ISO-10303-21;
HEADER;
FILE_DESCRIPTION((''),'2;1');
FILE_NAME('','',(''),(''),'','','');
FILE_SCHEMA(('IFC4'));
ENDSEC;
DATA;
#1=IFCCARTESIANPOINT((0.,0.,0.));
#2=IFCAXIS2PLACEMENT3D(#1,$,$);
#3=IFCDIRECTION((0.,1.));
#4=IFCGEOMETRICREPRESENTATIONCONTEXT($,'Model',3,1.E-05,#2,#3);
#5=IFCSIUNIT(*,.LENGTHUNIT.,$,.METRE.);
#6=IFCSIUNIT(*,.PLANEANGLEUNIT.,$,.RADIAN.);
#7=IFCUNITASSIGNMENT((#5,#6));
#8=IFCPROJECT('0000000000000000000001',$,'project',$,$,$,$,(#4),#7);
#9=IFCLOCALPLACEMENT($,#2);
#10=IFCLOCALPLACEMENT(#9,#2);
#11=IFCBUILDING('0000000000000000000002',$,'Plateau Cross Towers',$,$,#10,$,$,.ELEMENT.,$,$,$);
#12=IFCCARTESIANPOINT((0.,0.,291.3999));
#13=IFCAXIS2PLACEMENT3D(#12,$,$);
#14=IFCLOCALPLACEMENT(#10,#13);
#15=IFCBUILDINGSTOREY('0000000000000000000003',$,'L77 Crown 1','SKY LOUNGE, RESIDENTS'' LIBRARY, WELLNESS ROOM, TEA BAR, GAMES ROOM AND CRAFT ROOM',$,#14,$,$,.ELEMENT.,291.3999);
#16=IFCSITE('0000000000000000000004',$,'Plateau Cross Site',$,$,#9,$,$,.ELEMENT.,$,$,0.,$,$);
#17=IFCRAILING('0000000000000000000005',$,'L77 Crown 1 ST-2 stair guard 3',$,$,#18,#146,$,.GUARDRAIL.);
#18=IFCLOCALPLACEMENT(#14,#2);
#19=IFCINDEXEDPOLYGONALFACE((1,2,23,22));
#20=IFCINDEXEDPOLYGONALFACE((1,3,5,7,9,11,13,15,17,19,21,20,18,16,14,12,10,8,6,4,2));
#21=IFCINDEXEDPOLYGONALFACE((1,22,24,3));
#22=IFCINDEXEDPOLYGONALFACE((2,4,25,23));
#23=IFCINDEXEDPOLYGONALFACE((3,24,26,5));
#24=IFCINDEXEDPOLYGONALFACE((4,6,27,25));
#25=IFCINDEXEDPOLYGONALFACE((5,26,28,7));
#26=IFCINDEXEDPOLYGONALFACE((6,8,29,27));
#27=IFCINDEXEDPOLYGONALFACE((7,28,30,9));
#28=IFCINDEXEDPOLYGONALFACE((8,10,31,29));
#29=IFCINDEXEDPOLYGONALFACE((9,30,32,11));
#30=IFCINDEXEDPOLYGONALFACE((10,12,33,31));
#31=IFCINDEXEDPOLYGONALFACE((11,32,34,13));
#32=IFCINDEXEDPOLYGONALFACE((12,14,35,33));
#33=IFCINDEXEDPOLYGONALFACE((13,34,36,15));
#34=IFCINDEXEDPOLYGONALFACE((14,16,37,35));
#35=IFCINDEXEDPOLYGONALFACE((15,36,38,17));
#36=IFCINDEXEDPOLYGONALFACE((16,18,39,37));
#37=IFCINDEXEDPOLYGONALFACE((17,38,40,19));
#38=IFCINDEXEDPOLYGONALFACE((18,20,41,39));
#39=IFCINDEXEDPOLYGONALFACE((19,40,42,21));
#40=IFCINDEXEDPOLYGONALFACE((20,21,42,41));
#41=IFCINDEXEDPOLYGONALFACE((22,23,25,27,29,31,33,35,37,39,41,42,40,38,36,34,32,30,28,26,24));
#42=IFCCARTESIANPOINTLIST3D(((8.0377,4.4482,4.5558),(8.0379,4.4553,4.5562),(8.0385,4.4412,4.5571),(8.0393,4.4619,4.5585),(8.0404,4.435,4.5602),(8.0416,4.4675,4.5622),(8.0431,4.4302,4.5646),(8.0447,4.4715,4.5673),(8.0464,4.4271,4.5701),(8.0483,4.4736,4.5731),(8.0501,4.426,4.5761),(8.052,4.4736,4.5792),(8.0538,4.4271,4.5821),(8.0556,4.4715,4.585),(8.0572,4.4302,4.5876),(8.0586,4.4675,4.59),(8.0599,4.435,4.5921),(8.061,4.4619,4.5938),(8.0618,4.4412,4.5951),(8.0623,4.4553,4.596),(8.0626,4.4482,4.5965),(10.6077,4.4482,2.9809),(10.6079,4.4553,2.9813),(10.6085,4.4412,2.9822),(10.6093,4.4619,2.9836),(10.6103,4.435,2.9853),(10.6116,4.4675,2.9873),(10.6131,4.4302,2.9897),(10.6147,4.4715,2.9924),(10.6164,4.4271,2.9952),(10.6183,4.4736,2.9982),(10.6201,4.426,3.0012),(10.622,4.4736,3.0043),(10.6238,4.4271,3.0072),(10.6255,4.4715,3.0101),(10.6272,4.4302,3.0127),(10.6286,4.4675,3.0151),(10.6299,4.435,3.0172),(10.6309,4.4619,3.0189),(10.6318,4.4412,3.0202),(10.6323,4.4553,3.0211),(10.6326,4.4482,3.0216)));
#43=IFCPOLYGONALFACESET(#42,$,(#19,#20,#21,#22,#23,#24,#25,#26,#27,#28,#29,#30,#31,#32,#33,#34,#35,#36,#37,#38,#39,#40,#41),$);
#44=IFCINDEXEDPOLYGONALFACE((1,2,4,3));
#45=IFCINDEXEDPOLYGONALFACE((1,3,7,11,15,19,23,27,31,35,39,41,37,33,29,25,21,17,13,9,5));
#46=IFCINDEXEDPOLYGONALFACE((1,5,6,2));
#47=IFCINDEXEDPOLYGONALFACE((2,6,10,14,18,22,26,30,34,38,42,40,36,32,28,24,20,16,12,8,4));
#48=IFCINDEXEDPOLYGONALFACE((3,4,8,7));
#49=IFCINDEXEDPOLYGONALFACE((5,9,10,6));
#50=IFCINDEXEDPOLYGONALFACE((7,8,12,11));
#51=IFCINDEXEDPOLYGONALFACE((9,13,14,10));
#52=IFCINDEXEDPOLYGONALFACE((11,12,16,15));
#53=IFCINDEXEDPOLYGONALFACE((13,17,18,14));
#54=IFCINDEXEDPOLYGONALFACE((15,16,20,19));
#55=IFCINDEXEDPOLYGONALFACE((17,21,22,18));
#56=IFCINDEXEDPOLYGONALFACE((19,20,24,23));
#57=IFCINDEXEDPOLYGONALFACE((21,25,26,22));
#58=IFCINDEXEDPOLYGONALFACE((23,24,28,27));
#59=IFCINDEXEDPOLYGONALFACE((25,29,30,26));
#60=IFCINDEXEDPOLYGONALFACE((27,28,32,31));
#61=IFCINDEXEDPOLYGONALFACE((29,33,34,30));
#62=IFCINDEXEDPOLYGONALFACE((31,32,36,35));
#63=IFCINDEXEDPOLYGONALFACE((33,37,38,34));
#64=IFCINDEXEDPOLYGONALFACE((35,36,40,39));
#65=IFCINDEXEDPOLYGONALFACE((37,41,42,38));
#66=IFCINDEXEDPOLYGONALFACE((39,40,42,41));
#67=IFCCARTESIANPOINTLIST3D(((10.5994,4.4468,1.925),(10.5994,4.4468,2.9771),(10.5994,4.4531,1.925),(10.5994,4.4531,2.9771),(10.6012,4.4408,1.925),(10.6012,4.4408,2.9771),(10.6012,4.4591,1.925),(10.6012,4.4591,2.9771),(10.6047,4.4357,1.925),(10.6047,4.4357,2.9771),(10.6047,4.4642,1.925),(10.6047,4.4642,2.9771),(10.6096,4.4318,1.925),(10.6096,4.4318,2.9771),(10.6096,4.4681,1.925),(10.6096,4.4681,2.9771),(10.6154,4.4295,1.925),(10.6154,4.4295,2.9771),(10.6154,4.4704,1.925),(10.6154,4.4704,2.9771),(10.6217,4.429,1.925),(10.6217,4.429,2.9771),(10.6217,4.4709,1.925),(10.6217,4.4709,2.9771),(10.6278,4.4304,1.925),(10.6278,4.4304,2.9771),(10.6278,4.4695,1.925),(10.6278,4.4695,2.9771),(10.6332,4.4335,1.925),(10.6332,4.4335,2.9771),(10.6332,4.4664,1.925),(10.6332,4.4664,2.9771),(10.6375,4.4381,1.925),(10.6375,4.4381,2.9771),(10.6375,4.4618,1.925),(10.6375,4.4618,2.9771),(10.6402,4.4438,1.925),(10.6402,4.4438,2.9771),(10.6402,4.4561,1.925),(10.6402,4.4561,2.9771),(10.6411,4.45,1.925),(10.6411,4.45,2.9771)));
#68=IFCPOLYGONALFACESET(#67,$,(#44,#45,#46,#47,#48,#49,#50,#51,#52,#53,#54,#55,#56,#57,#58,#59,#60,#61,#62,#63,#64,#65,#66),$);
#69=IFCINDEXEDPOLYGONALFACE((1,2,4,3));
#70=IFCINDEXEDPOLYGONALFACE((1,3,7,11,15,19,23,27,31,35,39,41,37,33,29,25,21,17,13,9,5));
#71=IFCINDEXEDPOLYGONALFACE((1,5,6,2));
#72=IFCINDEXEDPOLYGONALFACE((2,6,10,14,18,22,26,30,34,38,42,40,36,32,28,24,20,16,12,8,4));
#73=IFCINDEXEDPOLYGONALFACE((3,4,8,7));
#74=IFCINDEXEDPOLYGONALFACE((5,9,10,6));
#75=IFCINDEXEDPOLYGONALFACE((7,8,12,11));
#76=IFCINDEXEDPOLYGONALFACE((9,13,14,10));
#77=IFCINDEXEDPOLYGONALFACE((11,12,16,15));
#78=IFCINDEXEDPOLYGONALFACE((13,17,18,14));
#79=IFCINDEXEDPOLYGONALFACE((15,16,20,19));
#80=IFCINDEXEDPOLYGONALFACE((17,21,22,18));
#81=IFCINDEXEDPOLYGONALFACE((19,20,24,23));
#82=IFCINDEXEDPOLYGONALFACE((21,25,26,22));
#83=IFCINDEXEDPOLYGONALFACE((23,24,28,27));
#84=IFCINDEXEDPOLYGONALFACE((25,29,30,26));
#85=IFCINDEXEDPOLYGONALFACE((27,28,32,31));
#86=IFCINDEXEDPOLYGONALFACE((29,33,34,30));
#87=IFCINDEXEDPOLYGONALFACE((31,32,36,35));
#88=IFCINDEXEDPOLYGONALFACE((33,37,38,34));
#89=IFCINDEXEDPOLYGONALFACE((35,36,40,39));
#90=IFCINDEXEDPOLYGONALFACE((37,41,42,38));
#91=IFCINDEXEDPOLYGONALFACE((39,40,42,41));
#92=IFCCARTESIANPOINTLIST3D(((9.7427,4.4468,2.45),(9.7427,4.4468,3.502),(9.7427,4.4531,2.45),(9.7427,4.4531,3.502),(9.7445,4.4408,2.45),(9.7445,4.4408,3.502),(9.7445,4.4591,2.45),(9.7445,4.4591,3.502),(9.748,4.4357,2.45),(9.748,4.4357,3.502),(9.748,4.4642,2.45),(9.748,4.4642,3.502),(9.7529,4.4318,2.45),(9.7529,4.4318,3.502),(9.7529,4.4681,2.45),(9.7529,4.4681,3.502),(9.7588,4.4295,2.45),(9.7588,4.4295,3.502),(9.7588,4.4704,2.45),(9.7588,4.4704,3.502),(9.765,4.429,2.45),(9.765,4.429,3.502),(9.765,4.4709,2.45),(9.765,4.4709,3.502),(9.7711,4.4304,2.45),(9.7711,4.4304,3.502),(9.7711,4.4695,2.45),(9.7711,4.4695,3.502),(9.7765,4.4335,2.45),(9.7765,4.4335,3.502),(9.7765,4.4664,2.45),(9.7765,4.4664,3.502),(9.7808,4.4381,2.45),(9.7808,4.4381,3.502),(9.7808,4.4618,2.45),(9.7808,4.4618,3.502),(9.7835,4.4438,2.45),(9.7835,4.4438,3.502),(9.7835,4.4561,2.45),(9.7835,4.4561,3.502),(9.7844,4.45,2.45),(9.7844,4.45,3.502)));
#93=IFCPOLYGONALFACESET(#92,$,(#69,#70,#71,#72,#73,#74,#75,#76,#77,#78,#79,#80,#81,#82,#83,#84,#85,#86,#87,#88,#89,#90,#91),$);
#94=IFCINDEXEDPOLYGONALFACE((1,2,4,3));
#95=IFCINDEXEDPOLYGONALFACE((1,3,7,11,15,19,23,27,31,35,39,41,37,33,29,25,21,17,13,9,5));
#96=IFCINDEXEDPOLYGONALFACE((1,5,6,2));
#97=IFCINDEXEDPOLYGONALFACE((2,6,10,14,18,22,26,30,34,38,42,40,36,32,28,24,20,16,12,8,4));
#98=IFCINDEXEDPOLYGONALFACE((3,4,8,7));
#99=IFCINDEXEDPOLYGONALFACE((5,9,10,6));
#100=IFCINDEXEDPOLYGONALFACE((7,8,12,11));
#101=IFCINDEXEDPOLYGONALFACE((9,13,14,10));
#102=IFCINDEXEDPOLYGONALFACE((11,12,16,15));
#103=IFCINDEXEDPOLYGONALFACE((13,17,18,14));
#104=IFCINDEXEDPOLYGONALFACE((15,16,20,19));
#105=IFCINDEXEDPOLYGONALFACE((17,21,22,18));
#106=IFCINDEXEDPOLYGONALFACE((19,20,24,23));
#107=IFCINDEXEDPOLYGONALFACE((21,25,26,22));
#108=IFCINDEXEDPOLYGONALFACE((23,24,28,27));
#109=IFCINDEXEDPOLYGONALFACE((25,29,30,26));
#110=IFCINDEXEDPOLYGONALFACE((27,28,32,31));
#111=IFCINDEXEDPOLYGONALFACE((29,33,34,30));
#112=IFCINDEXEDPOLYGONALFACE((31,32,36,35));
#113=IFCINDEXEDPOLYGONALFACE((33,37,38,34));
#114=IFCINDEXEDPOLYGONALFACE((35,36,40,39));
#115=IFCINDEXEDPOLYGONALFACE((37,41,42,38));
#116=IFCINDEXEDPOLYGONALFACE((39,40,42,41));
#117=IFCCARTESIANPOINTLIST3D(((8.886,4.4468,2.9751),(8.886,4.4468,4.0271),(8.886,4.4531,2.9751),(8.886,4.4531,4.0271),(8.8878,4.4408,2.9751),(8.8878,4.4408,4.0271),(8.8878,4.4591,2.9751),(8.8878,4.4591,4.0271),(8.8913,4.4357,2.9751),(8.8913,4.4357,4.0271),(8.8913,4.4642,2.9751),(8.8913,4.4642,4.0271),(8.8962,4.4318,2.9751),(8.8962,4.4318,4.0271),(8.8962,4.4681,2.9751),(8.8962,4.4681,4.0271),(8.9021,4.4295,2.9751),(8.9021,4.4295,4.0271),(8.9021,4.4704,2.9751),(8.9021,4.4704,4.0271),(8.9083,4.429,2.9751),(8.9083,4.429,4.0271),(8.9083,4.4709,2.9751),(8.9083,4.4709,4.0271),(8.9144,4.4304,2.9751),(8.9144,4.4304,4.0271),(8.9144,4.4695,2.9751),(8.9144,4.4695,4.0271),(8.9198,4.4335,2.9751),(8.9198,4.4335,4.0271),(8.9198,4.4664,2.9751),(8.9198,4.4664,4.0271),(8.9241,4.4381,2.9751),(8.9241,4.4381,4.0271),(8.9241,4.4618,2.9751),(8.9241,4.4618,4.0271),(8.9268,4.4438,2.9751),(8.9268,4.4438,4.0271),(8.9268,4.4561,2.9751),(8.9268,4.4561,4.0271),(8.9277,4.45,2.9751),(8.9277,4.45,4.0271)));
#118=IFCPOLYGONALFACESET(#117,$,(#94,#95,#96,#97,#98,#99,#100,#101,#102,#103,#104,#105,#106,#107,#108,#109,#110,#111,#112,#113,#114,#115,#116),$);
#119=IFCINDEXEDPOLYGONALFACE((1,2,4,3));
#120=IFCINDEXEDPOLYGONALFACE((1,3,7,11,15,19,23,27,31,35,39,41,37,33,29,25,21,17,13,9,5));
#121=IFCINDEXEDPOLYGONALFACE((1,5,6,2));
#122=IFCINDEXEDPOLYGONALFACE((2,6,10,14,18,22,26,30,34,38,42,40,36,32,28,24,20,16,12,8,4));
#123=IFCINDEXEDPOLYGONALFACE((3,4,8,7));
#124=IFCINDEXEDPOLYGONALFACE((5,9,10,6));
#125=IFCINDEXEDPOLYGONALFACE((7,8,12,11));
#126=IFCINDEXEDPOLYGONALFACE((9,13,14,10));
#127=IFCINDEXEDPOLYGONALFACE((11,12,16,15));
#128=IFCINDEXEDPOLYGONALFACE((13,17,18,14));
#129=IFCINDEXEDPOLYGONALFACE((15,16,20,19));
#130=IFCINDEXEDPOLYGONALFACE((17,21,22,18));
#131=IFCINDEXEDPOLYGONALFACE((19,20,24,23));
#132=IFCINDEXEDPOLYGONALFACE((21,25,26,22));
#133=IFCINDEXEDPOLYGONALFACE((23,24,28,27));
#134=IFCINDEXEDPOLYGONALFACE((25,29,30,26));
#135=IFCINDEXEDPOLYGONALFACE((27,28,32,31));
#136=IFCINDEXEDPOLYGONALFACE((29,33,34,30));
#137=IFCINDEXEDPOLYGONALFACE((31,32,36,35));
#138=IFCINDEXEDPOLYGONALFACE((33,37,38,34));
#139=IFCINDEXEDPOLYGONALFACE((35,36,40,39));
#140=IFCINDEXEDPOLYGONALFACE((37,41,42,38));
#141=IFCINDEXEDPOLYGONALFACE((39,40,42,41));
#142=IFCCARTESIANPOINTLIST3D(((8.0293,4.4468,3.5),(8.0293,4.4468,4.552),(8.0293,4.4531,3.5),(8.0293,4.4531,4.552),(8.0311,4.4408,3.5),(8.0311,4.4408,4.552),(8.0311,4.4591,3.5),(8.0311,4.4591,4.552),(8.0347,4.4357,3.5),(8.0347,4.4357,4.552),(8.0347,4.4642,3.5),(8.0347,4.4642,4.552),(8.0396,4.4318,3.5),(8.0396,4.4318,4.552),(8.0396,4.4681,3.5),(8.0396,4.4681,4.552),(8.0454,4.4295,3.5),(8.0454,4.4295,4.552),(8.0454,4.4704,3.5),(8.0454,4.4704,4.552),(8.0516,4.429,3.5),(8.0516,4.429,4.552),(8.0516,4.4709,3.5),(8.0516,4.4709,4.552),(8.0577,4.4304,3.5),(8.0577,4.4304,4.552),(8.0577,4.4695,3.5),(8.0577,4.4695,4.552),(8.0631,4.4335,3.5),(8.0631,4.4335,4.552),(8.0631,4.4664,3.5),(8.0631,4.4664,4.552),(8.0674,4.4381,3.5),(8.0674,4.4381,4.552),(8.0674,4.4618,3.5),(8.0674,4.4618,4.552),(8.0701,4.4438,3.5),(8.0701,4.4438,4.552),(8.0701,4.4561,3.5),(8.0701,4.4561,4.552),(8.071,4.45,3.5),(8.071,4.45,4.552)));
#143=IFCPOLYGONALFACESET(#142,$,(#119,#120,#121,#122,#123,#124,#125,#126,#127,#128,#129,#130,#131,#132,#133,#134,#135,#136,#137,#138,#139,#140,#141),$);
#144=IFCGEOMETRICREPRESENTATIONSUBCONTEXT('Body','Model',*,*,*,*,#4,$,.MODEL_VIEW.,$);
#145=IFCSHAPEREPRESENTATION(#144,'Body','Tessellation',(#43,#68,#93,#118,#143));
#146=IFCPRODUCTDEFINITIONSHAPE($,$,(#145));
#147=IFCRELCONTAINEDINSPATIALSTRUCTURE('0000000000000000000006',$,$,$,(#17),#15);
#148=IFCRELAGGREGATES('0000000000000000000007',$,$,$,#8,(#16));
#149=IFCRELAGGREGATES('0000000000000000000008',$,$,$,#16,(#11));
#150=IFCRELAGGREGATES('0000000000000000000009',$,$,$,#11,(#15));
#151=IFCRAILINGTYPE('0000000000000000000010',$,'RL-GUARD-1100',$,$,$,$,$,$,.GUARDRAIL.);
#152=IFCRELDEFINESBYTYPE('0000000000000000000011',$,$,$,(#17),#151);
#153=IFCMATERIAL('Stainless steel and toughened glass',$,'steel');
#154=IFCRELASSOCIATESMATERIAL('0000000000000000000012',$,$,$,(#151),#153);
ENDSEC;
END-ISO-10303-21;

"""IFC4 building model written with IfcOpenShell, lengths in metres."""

from ifc_helpers import new_model, si_unit, direction, frame, origin, origin_2d, place, context, subcontext, project, spatial, circle, extrude, material, type_object, element, save


model = new_model("IFC4")

# Units and contexts
model_context = context("Model", 3, precision=1e-05, world=origin(), true_north=direction((0.0, 1.0)))
body_context = subcontext(model_context, "Body", "Model", "MODEL_VIEW")
ifc_project = project(units=[si_unit("LENGTHUNIT", "METRE"), si_unit("PLANEANGLEUNIT", "RADIAN")], contexts=[model_context])

# Site, building, storey
site_placement = place(None, origin())
site = spatial("IfcSite", under=ifc_project, at=site_placement, Name="Plateau Cross Site", CompositionType="ELEMENT", RefElevation=0.0)
building_placement = place(site_placement, origin())
building = spatial("IfcBuilding", under=site, at=building_placement, Name="Plateau Cross Towers", CompositionType="ELEMENT")
storey_placement = place(building_placement, frame((0.0, 0.0, 291.3999)))
storey = spatial("IfcBuildingStorey", under=building, at=storey_placement, Name="L77 Crown 1", Description="SKY LOUNGE, RESIDENTS' LIBRARY, WELLNESS ROOM, TEA BAR, GAMES ROOM AND CRAFT ROOM", CompositionType="ELEMENT", Elevation=291.3999)

# Railing
ifc_material_1 = material(Name="Stainless steel and toughened glass", Category="steel")
railing_type_1 = type_object("IfcRailingType", Name="RL-GUARD-1100", PredefinedType="GUARDRAIL", material=ifc_material_1)
railing_1_placement = place(storey_placement, frame((10.6201, 4.45, 1.925)))
element("IfcRailing", 1, at=railing_1_placement, inside=storey, type_object=railing_type_1, Name="L77 Crown 1 ST-2 stair guard 3", PredefinedType="GUARDRAIL", context=body_context, shape_type="SweptSolid", body=[
    extrude(circle(Radius=0.0239, at=origin_2d()), frame((0.0, 0.0, 1.0762), z_axis=(-0.852639, 0.0, 0.522501), x_axis=(0.0, -1.0, 0.0)), (0.0, 0.0, 1.0), 3.0142),
    extrude(circle(Radius=0.021, at=origin_2d()), origin(), (0.0, 0.0, 1.0), 1.052),
    extrude(circle(Radius=0.021, at=origin_2d()), frame((-0.8567, 0.0, 0.5249)), (0.0, 0.0, 1.0), 1.052),
    extrude(circle(Radius=0.021, at=origin_2d()), frame((-1.7134, 0.0, 1.05)), (0.0, 0.0, 1.0), 1.052),
    extrude(circle(Radius=0.021, at=origin_2d()), frame((-2.5701, 0.0, 1.575)), (0.0, 0.0, 1.0), 1.052),
])

save(model, "model.ifc")
